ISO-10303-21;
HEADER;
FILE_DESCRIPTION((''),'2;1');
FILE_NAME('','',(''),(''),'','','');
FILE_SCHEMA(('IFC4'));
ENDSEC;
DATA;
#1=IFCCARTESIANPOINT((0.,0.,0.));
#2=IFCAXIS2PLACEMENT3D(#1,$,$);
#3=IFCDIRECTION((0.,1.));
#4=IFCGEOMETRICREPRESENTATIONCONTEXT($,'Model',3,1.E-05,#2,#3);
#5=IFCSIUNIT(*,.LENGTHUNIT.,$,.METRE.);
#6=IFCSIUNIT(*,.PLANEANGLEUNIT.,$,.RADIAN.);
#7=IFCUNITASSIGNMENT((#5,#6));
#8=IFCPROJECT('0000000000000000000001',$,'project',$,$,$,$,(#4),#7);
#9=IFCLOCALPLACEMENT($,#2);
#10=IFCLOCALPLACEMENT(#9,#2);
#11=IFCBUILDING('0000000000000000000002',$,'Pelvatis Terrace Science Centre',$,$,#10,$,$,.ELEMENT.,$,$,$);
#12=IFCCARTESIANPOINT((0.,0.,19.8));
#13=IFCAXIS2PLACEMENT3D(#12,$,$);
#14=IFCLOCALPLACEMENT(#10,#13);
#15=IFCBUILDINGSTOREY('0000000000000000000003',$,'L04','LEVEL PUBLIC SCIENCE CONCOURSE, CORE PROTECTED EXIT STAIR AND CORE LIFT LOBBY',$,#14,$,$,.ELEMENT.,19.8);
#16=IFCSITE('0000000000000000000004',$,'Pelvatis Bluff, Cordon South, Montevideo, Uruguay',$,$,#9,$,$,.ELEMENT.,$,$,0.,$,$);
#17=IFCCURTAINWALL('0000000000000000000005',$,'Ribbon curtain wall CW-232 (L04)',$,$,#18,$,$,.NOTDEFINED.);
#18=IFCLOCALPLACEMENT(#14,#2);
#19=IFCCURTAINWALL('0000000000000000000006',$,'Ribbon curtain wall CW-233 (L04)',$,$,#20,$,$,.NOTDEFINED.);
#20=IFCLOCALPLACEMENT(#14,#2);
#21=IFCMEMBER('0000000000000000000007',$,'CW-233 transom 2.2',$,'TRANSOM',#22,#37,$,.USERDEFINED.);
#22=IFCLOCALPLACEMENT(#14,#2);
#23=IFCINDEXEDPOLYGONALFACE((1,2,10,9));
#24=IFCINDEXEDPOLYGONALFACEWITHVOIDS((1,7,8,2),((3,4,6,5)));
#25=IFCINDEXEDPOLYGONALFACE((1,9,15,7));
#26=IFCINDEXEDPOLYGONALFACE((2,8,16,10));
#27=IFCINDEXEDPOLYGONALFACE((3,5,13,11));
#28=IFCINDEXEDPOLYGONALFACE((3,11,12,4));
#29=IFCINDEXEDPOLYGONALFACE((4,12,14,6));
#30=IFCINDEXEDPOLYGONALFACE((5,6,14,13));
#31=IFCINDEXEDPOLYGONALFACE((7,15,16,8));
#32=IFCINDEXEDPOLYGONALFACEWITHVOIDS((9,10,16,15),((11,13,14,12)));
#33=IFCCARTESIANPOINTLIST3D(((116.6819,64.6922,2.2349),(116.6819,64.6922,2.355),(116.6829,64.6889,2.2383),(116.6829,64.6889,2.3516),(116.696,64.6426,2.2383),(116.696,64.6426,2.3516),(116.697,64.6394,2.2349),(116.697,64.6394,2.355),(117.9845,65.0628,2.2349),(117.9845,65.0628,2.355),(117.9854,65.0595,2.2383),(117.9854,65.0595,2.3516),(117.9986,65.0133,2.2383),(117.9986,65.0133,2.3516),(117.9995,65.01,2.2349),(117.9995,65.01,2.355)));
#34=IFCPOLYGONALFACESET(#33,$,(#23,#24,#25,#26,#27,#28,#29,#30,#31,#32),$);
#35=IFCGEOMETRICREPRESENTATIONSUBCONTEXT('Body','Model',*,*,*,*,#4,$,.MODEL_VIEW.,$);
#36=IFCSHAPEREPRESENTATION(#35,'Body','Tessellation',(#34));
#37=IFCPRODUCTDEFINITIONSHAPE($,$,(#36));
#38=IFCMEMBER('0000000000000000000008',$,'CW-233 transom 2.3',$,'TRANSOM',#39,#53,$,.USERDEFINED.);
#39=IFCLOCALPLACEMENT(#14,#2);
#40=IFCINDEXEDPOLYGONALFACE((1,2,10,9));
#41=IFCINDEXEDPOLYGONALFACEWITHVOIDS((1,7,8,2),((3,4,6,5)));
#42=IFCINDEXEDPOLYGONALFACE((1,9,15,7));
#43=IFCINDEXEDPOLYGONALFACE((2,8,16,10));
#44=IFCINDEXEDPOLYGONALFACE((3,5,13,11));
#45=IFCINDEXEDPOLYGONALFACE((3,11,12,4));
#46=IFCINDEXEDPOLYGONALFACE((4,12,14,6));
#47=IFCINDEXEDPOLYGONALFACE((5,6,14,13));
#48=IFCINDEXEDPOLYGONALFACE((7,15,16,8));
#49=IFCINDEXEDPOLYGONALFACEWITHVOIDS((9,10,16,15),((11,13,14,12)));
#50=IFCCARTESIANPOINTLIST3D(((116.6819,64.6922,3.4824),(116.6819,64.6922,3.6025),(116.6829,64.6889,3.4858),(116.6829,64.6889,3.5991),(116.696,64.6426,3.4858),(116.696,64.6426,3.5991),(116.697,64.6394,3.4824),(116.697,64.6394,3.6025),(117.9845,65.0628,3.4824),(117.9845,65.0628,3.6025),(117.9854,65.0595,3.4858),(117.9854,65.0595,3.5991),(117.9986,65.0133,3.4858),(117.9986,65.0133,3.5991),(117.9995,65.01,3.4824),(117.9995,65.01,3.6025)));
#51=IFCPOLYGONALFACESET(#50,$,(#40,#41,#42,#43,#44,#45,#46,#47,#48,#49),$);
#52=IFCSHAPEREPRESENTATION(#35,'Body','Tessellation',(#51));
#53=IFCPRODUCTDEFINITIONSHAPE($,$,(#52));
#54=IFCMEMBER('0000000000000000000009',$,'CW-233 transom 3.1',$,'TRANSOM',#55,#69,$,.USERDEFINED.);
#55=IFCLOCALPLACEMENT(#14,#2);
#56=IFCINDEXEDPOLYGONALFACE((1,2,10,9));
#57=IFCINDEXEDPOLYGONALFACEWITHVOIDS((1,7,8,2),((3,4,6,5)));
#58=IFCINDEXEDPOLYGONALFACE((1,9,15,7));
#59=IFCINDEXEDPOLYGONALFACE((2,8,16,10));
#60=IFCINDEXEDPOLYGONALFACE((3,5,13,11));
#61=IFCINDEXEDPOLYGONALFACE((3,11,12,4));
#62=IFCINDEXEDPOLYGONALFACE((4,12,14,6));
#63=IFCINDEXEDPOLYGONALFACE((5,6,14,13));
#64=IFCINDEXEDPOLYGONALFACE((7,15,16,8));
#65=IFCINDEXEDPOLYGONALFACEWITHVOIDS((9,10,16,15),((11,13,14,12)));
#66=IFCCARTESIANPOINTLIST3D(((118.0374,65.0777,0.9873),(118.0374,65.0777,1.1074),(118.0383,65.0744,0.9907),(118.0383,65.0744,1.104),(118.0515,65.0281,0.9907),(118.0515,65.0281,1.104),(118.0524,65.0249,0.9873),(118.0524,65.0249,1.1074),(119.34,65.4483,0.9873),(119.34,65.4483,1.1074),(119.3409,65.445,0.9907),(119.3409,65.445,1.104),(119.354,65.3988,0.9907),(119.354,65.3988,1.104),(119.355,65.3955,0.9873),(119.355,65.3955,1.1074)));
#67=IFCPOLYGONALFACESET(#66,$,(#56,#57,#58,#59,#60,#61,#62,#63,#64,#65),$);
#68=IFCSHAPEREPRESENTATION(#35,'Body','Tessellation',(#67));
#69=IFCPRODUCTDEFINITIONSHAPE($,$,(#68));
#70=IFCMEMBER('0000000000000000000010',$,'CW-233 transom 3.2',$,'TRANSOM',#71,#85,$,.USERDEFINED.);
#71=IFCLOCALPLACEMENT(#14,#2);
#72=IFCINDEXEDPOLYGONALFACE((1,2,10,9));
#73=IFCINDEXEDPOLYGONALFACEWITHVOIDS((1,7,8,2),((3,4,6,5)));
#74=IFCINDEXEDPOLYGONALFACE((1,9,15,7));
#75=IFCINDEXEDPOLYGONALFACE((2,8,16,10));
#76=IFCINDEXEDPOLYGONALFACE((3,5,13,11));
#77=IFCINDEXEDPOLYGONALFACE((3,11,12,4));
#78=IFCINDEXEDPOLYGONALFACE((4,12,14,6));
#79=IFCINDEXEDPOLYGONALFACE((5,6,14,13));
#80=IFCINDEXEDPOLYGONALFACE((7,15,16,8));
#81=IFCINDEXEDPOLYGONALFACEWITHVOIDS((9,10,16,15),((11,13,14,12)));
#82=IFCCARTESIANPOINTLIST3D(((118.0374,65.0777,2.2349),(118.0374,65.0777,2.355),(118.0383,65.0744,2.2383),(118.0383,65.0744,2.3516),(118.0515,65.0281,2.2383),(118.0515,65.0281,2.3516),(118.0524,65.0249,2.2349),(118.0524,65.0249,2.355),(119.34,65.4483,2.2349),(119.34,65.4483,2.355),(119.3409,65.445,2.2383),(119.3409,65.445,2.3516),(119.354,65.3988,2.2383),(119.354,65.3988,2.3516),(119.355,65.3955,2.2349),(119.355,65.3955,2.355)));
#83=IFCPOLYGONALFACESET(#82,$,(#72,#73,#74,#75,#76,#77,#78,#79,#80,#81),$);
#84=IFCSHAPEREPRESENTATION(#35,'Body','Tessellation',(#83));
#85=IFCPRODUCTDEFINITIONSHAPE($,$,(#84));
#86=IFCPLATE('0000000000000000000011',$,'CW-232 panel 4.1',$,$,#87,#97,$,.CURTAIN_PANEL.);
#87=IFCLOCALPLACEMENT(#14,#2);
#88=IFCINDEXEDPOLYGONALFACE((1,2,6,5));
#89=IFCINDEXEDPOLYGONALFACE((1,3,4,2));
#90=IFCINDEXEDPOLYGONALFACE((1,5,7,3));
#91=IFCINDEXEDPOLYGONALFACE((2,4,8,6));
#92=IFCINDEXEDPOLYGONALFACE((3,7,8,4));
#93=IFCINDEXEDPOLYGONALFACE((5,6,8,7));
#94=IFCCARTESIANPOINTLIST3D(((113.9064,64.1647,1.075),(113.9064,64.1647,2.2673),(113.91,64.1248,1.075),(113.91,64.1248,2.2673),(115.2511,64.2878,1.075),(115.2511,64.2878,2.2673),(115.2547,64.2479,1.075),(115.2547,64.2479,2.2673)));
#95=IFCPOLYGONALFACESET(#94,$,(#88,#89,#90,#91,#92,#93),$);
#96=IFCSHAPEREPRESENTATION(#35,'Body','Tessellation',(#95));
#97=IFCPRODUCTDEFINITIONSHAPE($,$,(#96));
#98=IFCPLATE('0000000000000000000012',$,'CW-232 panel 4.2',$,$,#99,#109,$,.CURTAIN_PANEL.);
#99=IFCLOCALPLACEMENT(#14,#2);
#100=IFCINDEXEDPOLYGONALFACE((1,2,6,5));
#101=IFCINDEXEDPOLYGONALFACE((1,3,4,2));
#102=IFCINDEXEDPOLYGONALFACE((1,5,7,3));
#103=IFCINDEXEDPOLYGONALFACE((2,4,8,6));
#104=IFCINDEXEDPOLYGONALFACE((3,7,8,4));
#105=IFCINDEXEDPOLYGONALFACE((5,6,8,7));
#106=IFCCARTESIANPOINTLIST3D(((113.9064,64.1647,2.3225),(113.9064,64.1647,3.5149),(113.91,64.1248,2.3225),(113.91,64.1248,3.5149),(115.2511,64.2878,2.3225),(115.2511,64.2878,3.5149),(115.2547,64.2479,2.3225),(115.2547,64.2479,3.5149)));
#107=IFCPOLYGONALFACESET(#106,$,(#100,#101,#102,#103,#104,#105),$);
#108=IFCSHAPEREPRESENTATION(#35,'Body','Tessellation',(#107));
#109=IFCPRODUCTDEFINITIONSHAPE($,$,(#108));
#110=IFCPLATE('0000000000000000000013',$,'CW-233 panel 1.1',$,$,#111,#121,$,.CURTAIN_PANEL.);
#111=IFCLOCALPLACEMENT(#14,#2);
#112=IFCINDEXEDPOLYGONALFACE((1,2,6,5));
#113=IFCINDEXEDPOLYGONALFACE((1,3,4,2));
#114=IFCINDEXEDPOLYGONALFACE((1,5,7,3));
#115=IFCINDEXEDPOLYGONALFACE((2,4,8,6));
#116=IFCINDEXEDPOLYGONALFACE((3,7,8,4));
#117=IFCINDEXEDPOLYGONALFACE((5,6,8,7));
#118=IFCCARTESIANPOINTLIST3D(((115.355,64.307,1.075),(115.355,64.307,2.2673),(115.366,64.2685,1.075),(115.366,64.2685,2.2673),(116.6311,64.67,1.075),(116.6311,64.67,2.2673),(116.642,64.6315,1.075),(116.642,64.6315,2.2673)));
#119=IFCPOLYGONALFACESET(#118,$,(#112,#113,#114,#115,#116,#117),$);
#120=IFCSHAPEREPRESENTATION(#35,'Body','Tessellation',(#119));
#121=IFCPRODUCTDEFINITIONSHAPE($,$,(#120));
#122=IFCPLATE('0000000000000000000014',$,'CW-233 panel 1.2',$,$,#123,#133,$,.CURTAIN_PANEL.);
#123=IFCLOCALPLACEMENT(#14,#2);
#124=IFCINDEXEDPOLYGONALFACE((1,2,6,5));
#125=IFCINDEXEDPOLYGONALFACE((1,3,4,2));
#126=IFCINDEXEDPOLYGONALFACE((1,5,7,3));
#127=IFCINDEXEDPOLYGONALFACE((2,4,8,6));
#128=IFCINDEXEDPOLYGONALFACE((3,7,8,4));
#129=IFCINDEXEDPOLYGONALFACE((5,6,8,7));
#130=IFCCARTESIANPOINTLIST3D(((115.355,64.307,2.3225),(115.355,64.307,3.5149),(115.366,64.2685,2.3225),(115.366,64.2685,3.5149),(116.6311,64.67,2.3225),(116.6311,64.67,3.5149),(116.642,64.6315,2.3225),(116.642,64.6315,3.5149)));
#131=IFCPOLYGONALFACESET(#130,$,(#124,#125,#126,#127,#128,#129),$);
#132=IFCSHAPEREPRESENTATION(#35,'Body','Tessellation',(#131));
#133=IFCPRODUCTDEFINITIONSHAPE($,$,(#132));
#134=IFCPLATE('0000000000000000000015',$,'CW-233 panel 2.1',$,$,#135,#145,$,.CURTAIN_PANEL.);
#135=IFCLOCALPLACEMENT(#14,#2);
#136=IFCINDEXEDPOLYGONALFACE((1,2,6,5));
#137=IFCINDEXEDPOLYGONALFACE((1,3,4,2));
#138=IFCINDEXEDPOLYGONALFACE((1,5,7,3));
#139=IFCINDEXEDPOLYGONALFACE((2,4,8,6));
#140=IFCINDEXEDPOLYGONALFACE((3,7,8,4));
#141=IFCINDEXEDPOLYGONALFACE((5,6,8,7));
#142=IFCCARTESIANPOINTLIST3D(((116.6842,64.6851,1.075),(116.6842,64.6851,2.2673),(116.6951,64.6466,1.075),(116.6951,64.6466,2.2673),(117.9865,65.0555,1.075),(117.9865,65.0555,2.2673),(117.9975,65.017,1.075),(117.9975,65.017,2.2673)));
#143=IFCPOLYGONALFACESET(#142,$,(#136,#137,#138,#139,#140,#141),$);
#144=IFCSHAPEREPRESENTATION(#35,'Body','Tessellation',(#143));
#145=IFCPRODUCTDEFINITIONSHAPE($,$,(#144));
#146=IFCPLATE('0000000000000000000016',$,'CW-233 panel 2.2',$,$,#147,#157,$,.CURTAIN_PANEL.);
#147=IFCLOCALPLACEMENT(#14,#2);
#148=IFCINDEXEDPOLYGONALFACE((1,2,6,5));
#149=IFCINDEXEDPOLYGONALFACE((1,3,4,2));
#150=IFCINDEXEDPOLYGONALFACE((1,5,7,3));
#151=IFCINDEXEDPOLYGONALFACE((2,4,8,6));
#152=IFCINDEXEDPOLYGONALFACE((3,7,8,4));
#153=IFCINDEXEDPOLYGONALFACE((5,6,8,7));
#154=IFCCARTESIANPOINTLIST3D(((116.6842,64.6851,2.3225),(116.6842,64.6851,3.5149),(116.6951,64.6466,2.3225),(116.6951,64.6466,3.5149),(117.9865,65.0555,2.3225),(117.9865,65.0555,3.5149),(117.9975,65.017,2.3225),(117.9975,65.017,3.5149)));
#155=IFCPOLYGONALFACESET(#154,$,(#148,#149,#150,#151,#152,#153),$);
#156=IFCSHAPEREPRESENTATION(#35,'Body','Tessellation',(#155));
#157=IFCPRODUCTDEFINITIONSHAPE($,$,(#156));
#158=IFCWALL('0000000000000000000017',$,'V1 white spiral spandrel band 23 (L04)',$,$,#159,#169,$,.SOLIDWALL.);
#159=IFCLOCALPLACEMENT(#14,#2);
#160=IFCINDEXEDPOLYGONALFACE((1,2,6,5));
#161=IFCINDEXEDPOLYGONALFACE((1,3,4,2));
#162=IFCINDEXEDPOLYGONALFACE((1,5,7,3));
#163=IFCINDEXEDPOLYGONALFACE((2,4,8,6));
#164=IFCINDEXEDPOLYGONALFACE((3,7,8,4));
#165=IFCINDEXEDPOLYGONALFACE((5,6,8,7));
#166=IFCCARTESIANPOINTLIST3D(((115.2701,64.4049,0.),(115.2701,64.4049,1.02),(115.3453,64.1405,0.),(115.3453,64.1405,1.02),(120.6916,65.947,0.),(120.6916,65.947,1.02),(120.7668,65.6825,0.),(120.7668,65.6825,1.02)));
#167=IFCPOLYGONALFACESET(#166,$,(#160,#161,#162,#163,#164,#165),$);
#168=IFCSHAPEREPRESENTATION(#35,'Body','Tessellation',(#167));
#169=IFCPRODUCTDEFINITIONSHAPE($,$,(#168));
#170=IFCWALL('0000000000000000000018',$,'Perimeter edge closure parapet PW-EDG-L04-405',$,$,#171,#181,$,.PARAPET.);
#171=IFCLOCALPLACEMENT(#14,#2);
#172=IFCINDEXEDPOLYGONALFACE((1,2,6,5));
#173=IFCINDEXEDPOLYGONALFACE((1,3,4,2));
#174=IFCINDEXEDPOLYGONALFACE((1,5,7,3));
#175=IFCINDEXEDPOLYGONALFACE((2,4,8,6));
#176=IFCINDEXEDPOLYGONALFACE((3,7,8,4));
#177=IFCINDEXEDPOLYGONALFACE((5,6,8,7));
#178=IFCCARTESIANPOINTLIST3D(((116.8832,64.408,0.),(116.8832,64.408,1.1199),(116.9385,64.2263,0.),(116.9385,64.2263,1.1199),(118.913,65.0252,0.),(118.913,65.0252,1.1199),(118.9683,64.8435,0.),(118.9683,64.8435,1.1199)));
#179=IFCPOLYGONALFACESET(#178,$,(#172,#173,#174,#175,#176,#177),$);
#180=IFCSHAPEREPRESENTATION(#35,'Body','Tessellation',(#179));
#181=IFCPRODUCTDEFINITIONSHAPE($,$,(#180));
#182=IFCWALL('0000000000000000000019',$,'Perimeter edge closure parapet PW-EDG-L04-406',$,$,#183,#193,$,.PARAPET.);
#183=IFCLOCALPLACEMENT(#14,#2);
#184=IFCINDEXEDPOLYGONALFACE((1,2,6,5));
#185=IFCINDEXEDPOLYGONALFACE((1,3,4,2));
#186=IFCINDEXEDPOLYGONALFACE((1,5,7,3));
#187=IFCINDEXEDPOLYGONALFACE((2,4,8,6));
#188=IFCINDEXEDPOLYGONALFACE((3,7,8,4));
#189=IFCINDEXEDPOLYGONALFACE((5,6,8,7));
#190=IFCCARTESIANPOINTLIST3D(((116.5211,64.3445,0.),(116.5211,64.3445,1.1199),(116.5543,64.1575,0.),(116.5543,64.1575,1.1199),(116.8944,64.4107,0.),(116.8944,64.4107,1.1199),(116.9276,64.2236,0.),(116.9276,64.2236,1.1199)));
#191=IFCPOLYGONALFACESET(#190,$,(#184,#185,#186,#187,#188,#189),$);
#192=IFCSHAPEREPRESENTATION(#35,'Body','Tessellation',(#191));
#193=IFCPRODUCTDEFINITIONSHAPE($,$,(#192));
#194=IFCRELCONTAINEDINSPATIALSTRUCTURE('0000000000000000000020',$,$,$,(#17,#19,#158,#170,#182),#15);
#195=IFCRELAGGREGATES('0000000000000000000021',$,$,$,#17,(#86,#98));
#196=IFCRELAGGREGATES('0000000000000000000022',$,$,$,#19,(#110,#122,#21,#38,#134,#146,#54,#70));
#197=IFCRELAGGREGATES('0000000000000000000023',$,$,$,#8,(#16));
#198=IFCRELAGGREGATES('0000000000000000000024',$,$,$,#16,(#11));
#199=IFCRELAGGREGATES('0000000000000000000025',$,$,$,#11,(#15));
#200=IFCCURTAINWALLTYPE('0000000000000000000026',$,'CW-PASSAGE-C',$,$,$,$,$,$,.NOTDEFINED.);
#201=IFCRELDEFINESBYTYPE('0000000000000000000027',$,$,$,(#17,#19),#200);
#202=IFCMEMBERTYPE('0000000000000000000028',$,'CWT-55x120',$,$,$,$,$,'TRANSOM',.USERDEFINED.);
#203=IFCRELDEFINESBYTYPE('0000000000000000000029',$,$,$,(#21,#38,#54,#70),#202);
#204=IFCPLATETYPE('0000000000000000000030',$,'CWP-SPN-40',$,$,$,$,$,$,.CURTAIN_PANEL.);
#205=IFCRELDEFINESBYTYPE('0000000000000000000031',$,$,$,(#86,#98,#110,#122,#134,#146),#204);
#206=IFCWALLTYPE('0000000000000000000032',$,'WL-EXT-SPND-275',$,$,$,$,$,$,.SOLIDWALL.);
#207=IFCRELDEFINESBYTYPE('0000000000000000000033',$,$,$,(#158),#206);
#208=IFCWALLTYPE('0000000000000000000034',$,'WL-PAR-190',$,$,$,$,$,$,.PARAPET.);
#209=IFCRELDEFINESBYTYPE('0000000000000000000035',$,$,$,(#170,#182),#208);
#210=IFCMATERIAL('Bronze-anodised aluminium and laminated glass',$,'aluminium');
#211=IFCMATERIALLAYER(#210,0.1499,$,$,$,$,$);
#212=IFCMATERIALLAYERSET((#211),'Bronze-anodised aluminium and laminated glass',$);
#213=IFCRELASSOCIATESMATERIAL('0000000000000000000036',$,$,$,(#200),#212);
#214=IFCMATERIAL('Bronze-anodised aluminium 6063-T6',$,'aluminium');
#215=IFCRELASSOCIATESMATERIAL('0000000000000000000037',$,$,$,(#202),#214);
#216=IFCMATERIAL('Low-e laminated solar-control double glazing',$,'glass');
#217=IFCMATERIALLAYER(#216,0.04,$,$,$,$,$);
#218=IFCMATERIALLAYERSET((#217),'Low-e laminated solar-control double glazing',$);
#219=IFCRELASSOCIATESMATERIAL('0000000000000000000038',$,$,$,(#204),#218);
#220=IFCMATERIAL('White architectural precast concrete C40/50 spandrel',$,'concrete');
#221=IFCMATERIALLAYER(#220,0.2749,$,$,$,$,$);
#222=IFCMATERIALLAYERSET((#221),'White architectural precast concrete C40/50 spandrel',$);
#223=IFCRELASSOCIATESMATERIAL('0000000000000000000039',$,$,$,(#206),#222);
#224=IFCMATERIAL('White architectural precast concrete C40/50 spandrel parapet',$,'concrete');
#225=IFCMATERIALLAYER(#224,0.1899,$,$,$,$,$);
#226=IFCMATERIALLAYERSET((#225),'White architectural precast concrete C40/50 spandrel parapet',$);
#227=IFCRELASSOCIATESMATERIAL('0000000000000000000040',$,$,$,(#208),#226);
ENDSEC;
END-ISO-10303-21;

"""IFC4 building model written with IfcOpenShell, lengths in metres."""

from ifc_helpers import new_model, si_unit, direction, frame, frame_2d, origin, origin_2d, place, context, subcontext, project, spatial, rectangle, hollow_rectangle, extrude, material, layer, layer_set, material_profile, profile_set, type_object, element, aggregate, save


model = new_model("IFC4")

# Units and contexts
model_context = context("Model", 3, precision=1e-05, world=origin(), true_north=direction((0.0, 1.0)))
body_context = subcontext(model_context, "Body", "Model", "MODEL_VIEW")
ifc_project = project(units=[si_unit("LENGTHUNIT", "METRE"), si_unit("PLANEANGLEUNIT", "RADIAN")], contexts=[model_context])

# Site, building, storey
site_placement = place(None, origin())
site = spatial("IfcSite", under=ifc_project, at=site_placement, Name="Pelvatis Bluff, Cordon South, Montevideo, Uruguay", CompositionType="ELEMENT", RefElevation=0.0)
building_placement = place(site_placement, origin())
building = spatial("IfcBuilding", under=site, at=building_placement, Name="Pelvatis Terrace Science Centre", CompositionType="ELEMENT")
storey_placement = place(building_placement, frame((0.0, 0.0, 19.8)))
storey = spatial("IfcBuildingStorey", under=building, at=storey_placement, Name="L04", Description="LEVEL PUBLIC SCIENCE CONCOURSE, CORE PROTECTED EXIT STAIR AND CORE LIFT LOBBY", CompositionType="ELEMENT", Elevation=19.8)

# Curtain wall
ifc_material_1 = material(Name="Bronze-anodised aluminium and laminated glass", Category="aluminium")
ifc_layer_1 = layer(ifc_material_1, 0.1499)
ifc_layer_set_1 = layer_set([ifc_layer_1], Name="Bronze-anodised aluminium and laminated glass")
curtain_wall_type = type_object("IfcCurtainWallType", Name="CW-PASSAGE-C", PredefinedType="NOTDEFINED", material=ifc_layer_set_1)
curtain_wall_1_placement = place(storey_placement, origin())
curtain_wall_1 = element("IfcCurtainWall", 1, at=curtain_wall_1_placement, inside=storey, type_object=curtain_wall_type, Name="Ribbon curtain wall CW-232 (L04)", PredefinedType="NOTDEFINED")

# Curtain wall
curtain_wall_2_placement = place(storey_placement, origin())
curtain_wall_2 = element("IfcCurtainWall", 2, at=curtain_wall_2_placement, inside=storey, type_object=curtain_wall_type, Name="Ribbon curtain wall CW-233 (L04)", PredefinedType="NOTDEFINED")

# Members
ifc_material_2 = material(Name="Bronze-anodised aluminium 6063-T6", Category="aluminium")
ifc_material_profile_1 = material_profile(ifc_material_2, hollow_rectangle(XDim=0.0549, YDim=0.1201, WallThickness=0.0034, at=origin_2d()), Name="ALU-TRN 55x120")
ifc_profile_set_1 = profile_set([ifc_material_profile_1], Name="Bronze-anodised aluminium 6063-T6")
member_type_1 = type_object("IfcMemberType", Name="CWT-55x120", ElementType="TRANSOM", PredefinedType="USERDEFINED", material=ifc_profile_set_1)
member_1_placement = place(storey_placement, frame((116.6895, 64.6658, 2.2949), z_axis=(0.961823, 0.273673, 0.0), x_axis=(-0.273673, 0.961823, 0.0)))
member_1 = element("IfcMember", 3, at=member_1_placement, type_object=member_type_1, Name="CW-233 transom 2.2", ObjectType="TRANSOM", PredefinedType="USERDEFINED", context=body_context, shape_type="SweptSolid", body=[
    extrude(hollow_rectangle(XDim=0.0549, YDim=0.1201, WallThickness=0.0034, at=origin_2d()), origin(), (0.0, 0.0, 1.0), 1.3542),
])
member_2_placement = place(storey_placement, frame((116.6895, 64.6658, 3.5425), z_axis=(0.961823, 0.273673, 0.0), x_axis=(-0.273673, 0.961823, 0.0)))
member_2 = element("IfcMember", 4, at=member_2_placement, type_object=member_type_1, Name="CW-233 transom 2.3", ObjectType="TRANSOM", PredefinedType="USERDEFINED", context=body_context, shape_type="SweptSolid", body=[
    extrude(hollow_rectangle(XDim=0.0549, YDim=0.1201, WallThickness=0.0034, at=origin_2d()), origin(), (0.0, 0.0, 1.0), 1.3542),
])
member_3_placement = place(storey_placement, frame((118.0449, 65.0513, 1.0474), z_axis=(0.961823, 0.273673, 0.0), x_axis=(-0.273673, 0.961823, 0.0)))
member_3 = element("IfcMember", 5, at=member_3_placement, type_object=member_type_1, Name="CW-233 transom 3.1", ObjectType="TRANSOM", PredefinedType="USERDEFINED", context=body_context, shape_type="SweptSolid", body=[
    extrude(hollow_rectangle(XDim=0.0549, YDim=0.1201, WallThickness=0.0034, at=origin_2d()), origin(), (0.0, 0.0, 1.0), 1.3542),
])
member_4_placement = place(storey_placement, frame((118.0449, 65.0513, 2.2949), z_axis=(0.961823, 0.273673, 0.0), x_axis=(-0.273673, 0.961823, 0.0)))
member_4 = element("IfcMember", 6, at=member_4_placement, type_object=member_type_1, Name="CW-233 transom 3.2", ObjectType="TRANSOM", PredefinedType="USERDEFINED", context=body_context, shape_type="SweptSolid", body=[
    extrude(hollow_rectangle(XDim=0.0549, YDim=0.1201, WallThickness=0.0034, at=origin_2d()), origin(), (0.0, 0.0, 1.0), 1.3542),
])

# Plates
ifc_material_3 = material(Name="Low-e laminated solar-control double glazing", Category="glass")
ifc_layer_2 = layer(ifc_material_3, 0.04)
ifc_layer_set_2 = layer_set([ifc_layer_2], Name="Low-e laminated solar-control double glazing")
plate_type = type_object("IfcPlateType", Name="CWP-SPN-40", PredefinedType="CURTAIN_PANEL", material=ifc_layer_set_2)
plate_1_placement = place(storey_placement, frame((114.5806, 64.2063, 1.075), z_axis=(0.0, 0.0, 1.0), x_axis=(0.995831, 0.091214, 0.0)))
plate_1 = element("IfcPlate", 7, at=plate_1_placement, type_object=plate_type, Name="CW-232 panel 4.1", PredefinedType="CURTAIN_PANEL", context=body_context, shape_type="SweptSolid", body=[
    extrude(rectangle(XDim=1.3503, YDim=0.04, at=origin_2d()), origin(), (0.0, 0.0, 1.0), 1.1924),
])
plate_2_placement = place(storey_placement, frame((114.5806, 64.2063, 2.3225), z_axis=(0.0, 0.0, 1.0), x_axis=(0.995831, 0.091214, 0.0)))
plate_2 = element("IfcPlate", 8, at=plate_2_placement, type_object=plate_type, Name="CW-232 panel 4.2", PredefinedType="CURTAIN_PANEL", context=body_context, shape_type="SweptSolid", body=[
    extrude(rectangle(XDim=1.3503, YDim=0.04, at=origin_2d()), origin(), (0.0, 0.0, 1.0), 1.1924),
])
aggregate(curtain_wall_1, [plate_1, plate_2])
plate_3_placement = place(storey_placement, frame((115.9985, 64.4692, 1.075), z_axis=(0.0, 0.0, 1.0), x_axis=(0.96185, 0.273577, 0.0)))
plate_3 = element("IfcPlate", 9, at=plate_3_placement, type_object=plate_type, Name="CW-233 panel 1.1", PredefinedType="CURTAIN_PANEL", context=body_context, shape_type="SweptSolid", body=[
    extrude(rectangle(XDim=1.3267, YDim=0.04, at=origin_2d()), origin(), (0.0, 0.0, 1.0), 1.1924),
])
plate_4_placement = place(storey_placement, frame((115.9985, 64.4692, 2.3225), z_axis=(0.0, 0.0, 1.0), x_axis=(0.96185, 0.273577, 0.0)))
plate_4 = element("IfcPlate", 10, at=plate_4_placement, type_object=plate_type, Name="CW-233 panel 1.2", PredefinedType="CURTAIN_PANEL", context=body_context, shape_type="SweptSolid", body=[
    extrude(rectangle(XDim=1.3267, YDim=0.04, at=origin_2d()), origin(), (0.0, 0.0, 1.0), 1.1924),
])
plate_5_placement = place(storey_placement, frame((117.3408, 64.8511, 1.075), z_axis=(0.0, 0.0, 1.0), x_axis=(0.96185, 0.273577, 0.0)))
plate_5 = element("IfcPlate", 11, at=plate_5_placement, type_object=plate_type, Name="CW-233 panel 2.1", PredefinedType="CURTAIN_PANEL", context=body_context, shape_type="SweptSolid", body=[
    extrude(rectangle(XDim=1.354, YDim=0.04, at=origin_2d()), origin(), (0.0, 0.0, 1.0), 1.1924),
])
plate_6_placement = place(storey_placement, frame((117.3408, 64.8511, 2.3225), z_axis=(0.0, 0.0, 1.0), x_axis=(0.96185, 0.273577, 0.0)))
plate_6 = element("IfcPlate", 12, at=plate_6_placement, type_object=plate_type, Name="CW-233 panel 2.2", PredefinedType="CURTAIN_PANEL", context=body_context, shape_type="SweptSolid", body=[
    extrude(rectangle(XDim=1.354, YDim=0.04, at=origin_2d()), origin(), (0.0, 0.0, 1.0), 1.1924),
])
aggregate(curtain_wall_2, [plate_3, plate_4, member_1, member_2, plate_5, plate_6, member_3, member_4])

# Walls
ifc_material_4 = material(Name="White architectural precast concrete C40/50 spandrel", Category="concrete")
ifc_layer_3 = layer(ifc_material_4, 0.2749)
ifc_layer_set_3 = layer_set([ifc_layer_3], Name="White architectural precast concrete C40/50 spandrel")
wall_type_1 = type_object("IfcWallType", Name="WL-EXT-SPND-275", PredefinedType="SOLIDWALL", material=ifc_layer_set_3)
wall_1_placement = place(storey_placement, frame((115.3076, 64.2727, 0.0), z_axis=(0.0, 0.0, 1.0), x_axis=(0.96185, 0.273577, 0.0)))
element("IfcWall", 13, at=wall_1_placement, inside=storey, type_object=wall_type_1, Name="V1 white spiral spandrel band 23 (L04)", PredefinedType="SOLIDWALL", context=body_context, shape_type="SweptSolid", body=[
    extrude(rectangle(XDim=5.6365, YDim=0.2749, at=frame_2d((2.8184, 0.0))), origin(), (0.0, 0.0, 1.0), 1.02),
])
ifc_material_5 = material(Name="White architectural precast concrete C40/50 spandrel parapet", Category="concrete")
ifc_layer_4 = layer(ifc_material_5, 0.1899)
ifc_layer_set_4 = layer_set([ifc_layer_4], Name="White architectural precast concrete C40/50 spandrel parapet")
wall_type_2 = type_object("IfcWallType", Name="WL-PAR-190", PredefinedType="PARAPET", material=ifc_layer_set_4)
wall_2_placement = place(storey_placement, frame((118.9407, 64.9343, 0.0), z_axis=(0.0, 0.0, 1.0), x_axis=(-0.956749, -0.290914, 0.0)))
element("IfcWall", 14, at=wall_2_placement, inside=storey, type_object=wall_type_2, Name="Perimeter edge closure parapet PW-EDG-L04-405", PredefinedType="PARAPET", context=body_context, shape_type="SweptSolid", body=[
    extrude(rectangle(XDim=2.1216, YDim=0.1899, at=frame_2d((1.0608, 0.0))), origin(), (0.0, 0.0, 1.0), 1.1199),
])
wall_3_placement = place(storey_placement, frame((116.9109, 64.3171, 0.0), z_axis=(0.0, 0.0, 1.0), x_axis=(-0.984654, -0.17452, 0.0)))
element("IfcWall", 15, at=wall_3_placement, inside=storey, type_object=wall_type_2, Name="Perimeter edge closure parapet PW-EDG-L04-406", PredefinedType="PARAPET", context=body_context, shape_type="SweptSolid", body=[
    extrude(rectangle(XDim=0.3792, YDim=0.1899, at=frame_2d((0.1895, 0.0))), origin(), (0.0, 0.0, 1.0), 1.1199),
])

save(model, "model.ifc")
